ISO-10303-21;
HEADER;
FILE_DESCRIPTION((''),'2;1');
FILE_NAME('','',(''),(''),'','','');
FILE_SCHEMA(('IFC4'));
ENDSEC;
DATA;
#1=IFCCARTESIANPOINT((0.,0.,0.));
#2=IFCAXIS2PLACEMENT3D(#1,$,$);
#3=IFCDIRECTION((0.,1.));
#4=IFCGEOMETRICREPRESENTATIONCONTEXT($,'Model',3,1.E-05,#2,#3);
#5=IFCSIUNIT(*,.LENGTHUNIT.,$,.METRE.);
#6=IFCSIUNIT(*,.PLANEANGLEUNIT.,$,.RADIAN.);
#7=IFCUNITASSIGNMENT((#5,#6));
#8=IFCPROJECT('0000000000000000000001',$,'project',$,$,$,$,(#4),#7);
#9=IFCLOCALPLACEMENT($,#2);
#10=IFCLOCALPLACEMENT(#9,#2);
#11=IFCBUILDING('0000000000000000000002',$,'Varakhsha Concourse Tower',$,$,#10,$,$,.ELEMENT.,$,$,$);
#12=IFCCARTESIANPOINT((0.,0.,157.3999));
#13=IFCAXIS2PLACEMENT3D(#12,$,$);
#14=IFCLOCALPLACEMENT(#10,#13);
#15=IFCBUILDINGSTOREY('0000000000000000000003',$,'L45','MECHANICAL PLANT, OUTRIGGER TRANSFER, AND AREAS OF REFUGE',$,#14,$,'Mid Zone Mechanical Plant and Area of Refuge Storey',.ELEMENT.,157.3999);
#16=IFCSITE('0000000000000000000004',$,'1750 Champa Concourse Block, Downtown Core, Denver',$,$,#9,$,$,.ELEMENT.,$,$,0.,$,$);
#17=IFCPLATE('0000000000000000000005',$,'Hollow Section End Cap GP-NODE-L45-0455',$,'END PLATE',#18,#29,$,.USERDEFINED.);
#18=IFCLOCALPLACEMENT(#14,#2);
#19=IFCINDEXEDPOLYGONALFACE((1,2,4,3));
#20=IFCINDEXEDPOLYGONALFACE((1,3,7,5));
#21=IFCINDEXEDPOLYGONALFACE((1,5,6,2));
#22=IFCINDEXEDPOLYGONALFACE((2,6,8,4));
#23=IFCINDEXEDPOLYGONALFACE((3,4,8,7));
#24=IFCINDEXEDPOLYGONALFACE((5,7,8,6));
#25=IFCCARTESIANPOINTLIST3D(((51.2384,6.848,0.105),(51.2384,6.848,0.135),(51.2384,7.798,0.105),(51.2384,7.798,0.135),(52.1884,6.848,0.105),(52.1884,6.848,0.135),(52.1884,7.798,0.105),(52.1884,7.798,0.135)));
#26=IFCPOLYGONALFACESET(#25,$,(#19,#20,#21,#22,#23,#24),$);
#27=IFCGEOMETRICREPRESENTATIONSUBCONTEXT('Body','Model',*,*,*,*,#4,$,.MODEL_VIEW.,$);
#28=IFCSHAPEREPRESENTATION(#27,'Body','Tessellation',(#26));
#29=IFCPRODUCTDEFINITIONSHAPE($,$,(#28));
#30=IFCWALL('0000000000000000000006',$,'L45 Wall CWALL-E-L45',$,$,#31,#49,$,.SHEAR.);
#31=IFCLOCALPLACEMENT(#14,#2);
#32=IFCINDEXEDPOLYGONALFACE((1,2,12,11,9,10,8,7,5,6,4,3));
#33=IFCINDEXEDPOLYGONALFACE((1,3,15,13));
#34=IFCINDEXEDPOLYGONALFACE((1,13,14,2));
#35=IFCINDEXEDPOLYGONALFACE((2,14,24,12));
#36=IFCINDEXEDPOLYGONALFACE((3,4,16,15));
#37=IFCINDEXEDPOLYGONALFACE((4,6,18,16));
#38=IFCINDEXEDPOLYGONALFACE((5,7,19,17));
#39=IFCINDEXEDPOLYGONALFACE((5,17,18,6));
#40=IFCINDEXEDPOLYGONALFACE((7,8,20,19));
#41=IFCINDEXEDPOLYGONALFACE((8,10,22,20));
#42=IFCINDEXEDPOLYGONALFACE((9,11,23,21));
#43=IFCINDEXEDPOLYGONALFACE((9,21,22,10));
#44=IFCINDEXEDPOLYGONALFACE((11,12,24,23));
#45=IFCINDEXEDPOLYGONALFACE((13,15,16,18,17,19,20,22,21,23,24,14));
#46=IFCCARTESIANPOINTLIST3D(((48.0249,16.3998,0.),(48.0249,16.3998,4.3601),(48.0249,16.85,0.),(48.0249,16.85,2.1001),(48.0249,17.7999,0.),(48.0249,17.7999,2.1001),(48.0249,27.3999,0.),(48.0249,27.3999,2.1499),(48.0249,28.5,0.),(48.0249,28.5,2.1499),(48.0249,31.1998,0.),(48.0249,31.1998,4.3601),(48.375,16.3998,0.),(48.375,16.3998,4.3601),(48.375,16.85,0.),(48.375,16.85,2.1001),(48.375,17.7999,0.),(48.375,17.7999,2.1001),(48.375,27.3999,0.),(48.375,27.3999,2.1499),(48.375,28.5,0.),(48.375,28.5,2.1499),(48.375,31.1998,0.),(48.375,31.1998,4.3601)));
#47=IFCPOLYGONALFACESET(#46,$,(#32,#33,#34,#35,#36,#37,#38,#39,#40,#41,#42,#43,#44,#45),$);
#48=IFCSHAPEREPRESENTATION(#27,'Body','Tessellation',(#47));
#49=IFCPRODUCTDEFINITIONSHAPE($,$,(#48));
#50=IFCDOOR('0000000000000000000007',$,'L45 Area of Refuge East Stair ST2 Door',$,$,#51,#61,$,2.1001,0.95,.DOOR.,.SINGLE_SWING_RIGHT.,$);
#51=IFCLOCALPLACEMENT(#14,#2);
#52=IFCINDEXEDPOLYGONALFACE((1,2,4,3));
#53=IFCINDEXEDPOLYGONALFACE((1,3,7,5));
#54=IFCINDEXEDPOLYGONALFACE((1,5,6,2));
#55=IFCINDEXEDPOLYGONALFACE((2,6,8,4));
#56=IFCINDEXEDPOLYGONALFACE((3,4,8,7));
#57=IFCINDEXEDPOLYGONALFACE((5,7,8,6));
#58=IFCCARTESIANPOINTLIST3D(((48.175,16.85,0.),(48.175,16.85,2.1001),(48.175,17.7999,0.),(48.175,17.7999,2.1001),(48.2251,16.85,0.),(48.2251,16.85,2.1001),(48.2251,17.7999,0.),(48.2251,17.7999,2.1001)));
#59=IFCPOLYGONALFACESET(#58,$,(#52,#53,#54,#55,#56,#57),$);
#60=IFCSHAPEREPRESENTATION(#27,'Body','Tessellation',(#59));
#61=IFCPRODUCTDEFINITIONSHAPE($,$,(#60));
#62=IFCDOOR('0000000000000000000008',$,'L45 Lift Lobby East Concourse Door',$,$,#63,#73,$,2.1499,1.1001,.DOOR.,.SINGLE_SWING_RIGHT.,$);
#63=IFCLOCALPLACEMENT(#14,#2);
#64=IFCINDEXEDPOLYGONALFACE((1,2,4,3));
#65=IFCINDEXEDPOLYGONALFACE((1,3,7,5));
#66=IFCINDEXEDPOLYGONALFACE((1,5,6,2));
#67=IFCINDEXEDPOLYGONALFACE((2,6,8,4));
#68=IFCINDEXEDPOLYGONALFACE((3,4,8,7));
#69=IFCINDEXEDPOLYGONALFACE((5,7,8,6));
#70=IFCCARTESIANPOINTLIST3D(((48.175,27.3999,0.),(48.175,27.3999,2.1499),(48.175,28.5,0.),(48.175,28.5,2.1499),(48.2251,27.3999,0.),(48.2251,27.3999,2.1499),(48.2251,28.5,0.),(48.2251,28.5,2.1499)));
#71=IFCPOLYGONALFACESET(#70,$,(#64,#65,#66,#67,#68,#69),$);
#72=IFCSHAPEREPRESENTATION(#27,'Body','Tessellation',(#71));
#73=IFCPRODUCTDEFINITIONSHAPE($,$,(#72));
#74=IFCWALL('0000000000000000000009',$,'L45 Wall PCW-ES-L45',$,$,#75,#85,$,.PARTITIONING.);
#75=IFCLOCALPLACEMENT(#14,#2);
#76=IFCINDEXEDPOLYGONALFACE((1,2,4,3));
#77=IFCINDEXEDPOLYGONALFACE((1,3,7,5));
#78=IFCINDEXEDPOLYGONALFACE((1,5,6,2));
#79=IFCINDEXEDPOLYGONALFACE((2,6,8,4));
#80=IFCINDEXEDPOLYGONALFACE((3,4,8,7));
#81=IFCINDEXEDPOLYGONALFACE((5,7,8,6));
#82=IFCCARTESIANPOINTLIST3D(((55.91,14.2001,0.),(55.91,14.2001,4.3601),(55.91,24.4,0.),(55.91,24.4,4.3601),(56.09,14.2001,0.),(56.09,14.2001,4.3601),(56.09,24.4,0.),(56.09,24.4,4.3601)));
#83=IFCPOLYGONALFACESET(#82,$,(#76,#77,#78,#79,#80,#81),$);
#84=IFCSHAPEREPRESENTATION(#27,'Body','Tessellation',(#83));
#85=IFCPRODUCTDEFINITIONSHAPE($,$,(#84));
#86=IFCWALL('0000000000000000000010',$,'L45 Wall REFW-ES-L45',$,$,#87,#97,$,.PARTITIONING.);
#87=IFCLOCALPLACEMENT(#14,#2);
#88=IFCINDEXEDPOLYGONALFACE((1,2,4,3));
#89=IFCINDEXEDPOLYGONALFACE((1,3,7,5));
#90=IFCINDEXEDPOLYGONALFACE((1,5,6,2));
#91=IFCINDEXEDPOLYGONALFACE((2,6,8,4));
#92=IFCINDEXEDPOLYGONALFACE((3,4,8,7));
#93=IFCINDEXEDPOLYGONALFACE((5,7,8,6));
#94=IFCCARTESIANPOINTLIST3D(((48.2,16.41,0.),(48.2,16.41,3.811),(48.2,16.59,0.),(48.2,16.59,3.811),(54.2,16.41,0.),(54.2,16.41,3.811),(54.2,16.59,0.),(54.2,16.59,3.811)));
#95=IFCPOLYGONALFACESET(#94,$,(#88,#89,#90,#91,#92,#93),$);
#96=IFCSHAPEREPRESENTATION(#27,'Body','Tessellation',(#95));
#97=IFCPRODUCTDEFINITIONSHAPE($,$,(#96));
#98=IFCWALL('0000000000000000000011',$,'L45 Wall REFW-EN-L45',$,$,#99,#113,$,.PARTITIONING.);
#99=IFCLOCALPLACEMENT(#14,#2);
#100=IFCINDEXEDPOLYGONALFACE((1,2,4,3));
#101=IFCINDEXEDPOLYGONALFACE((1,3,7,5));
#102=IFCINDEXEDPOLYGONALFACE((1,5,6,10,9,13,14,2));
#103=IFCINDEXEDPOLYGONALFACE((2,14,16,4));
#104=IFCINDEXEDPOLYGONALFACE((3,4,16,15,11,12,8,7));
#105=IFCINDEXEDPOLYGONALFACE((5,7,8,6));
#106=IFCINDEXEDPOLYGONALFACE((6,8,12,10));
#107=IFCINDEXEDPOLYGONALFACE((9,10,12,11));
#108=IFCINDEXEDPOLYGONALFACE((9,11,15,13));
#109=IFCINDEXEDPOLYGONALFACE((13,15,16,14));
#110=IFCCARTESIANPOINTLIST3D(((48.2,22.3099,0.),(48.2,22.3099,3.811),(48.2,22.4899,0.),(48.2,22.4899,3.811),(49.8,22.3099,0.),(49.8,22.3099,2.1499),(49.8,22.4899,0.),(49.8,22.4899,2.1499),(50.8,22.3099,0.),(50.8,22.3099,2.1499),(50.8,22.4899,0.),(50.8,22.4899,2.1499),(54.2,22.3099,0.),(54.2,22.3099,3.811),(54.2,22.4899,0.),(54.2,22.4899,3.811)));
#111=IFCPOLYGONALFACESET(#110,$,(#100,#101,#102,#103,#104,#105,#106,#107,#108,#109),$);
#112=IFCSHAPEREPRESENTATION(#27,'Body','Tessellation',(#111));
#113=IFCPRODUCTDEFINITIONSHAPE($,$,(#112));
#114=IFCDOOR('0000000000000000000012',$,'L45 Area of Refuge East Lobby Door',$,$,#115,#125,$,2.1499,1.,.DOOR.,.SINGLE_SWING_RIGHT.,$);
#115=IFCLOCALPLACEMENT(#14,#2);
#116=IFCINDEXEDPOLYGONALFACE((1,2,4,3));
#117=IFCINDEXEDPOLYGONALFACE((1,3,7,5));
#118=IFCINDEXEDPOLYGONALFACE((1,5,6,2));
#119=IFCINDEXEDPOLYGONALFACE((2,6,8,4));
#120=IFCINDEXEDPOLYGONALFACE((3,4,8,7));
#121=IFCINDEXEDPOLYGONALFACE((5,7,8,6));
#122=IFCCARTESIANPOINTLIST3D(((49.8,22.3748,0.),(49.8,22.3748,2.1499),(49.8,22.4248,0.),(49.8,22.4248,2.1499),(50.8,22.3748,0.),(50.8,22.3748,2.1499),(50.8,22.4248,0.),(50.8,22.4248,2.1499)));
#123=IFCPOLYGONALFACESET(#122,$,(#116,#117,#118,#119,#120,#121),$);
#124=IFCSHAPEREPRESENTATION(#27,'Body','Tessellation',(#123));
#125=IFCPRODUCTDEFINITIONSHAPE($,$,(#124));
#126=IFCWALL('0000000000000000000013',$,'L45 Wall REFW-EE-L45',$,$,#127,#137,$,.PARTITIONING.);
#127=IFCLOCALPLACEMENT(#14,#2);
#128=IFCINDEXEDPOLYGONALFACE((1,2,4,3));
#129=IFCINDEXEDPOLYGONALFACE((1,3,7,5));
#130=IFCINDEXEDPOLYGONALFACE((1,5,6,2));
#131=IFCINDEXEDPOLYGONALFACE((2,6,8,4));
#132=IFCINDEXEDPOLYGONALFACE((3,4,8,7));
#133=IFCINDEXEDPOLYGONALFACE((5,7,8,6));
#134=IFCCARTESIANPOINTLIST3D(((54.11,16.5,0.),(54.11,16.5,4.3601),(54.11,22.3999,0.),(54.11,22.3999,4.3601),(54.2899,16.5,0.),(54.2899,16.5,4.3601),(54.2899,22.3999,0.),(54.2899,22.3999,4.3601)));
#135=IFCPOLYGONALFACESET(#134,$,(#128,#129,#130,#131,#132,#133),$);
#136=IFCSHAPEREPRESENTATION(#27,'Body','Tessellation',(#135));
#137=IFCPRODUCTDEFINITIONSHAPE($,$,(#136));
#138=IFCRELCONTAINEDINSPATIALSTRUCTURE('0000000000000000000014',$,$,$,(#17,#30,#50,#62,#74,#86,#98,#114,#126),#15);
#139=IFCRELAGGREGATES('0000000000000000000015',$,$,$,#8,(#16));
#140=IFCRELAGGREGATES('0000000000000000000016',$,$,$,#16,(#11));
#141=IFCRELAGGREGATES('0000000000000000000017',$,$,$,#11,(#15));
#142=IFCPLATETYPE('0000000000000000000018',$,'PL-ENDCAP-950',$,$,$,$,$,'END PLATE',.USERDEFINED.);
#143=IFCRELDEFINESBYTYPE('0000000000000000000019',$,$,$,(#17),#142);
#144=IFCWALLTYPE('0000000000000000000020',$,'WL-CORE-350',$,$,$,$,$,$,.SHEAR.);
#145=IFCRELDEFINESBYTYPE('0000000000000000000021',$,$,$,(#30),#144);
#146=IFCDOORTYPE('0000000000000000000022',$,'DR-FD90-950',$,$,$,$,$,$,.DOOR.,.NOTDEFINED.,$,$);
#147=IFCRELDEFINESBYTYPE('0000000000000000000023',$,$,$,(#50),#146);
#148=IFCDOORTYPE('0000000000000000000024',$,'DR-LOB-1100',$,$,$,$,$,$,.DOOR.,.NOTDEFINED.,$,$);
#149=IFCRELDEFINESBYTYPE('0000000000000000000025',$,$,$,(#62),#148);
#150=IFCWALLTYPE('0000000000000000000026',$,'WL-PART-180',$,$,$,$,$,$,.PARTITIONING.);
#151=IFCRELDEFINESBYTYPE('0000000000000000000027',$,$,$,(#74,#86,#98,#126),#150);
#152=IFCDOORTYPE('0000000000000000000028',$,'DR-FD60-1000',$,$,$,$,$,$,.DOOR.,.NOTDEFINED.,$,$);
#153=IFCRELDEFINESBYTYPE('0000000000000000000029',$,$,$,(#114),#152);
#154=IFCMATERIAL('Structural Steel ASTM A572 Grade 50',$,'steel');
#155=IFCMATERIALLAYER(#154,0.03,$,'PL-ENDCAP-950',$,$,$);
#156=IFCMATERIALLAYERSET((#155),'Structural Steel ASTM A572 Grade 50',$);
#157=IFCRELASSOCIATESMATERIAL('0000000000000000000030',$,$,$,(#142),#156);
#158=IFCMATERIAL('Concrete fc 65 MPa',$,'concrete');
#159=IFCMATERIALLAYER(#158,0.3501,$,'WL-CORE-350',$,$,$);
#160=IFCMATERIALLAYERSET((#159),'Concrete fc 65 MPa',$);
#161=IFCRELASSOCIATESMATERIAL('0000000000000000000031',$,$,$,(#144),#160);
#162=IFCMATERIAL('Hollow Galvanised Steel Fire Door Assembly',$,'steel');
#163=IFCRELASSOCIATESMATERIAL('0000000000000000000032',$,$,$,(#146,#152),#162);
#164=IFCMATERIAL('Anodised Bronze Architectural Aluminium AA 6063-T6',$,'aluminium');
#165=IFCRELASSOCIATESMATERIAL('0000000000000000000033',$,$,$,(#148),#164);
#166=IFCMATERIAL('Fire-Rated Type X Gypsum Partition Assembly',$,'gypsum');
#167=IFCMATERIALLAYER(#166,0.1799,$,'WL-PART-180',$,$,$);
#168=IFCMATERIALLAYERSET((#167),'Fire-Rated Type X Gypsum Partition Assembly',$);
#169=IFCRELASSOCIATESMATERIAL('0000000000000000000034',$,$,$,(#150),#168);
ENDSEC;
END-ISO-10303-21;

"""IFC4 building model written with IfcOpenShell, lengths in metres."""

from ifc_helpers import new_model, si_unit, direction, frame, frame_2d, origin, origin_2d, place, context, subcontext, project, spatial, rectangle, extrude, source, transform, mapped, material, layer, layer_set, type_object, type_shapes, element, fill, save


model = new_model("IFC4")

# Units and contexts
model_context = context("Model", 3, precision=1e-05, world=origin(), true_north=direction((0.0, 1.0)))
body_context = subcontext(model_context, "Body", "Model", "MODEL_VIEW")
ifc_project = project(units=[si_unit("LENGTHUNIT", "METRE"), si_unit("PLANEANGLEUNIT", "RADIAN")], contexts=[model_context])

# Site, building, storey
site_placement = place(None, origin())
site = spatial("IfcSite", under=ifc_project, at=site_placement, Name="1750 Champa Concourse Block, Downtown Core, Denver", CompositionType="ELEMENT", RefElevation=0.0)
building_placement = place(site_placement, origin())
building = spatial("IfcBuilding", under=site, at=building_placement, Name="Varakhsha Concourse Tower", CompositionType="ELEMENT")
storey_placement = place(building_placement, frame((0.0, 0.0, 157.3999)))
storey = spatial("IfcBuildingStorey", under=building, at=storey_placement, Name="L45", Description="MECHANICAL PLANT, OUTRIGGER TRANSFER, AND AREAS OF REFUGE", LongName="Mid Zone Mechanical Plant and Area of Refuge Storey", CompositionType="ELEMENT", Elevation=157.3999)

# Shared definitions
ifc_material_1 = material(Name="Concrete fc 65 MPa", Category="concrete")
ifc_material_2 = material(Name="Structural Steel ASTM A572 Grade 50", Category="steel")

# Shared definitions
ifc_material_3 = material(Name="Anodised Bronze Architectural Aluminium AA 6063-T6", Category="aluminium")

# Plate
ifc_layer_1 = layer(ifc_material_2, 0.03, Name="PL-ENDCAP-950")
ifc_layer_set_1 = layer_set([ifc_layer_1], Name="Structural Steel ASTM A572 Grade 50")
plate_type = type_object("IfcPlateType", Name="PL-ENDCAP-950", ElementType="END PLATE", PredefinedType="USERDEFINED", material=ifc_layer_set_1)
shared_shape_1 = source(origin(), body_context, "Body", "SweptSolid", [
    extrude(rectangle(XDim=0.95, YDim=0.95, at=origin_2d()), origin(), (0.0, 0.0, 1.0), 0.03),
])
type_shapes(plate_type, [shared_shape_1])
plate_placement = place(storey_placement, frame((51.7134, 7.323, 0.105), z_axis=(0.0, 0.0, 1.0), x_axis=(1.0, 0.0, 0.0)))
element("IfcPlate", 1, at=plate_placement, inside=storey, type_object=plate_type, Name="Hollow Section End Cap GP-NODE-L45-0455", ObjectType="END PLATE", PredefinedType="USERDEFINED", context=body_context, shape_type="MappedRepresentation", body=[
    mapped(shared_shape_1, transform((0.0, 0.0, 0.0), scale=1.0)),
])

# Wall, openings, doors
ifc_layer_2 = layer(ifc_material_1, 0.3501, Name="WL-CORE-350")
ifc_layer_set_2 = layer_set([ifc_layer_2], Name="Concrete fc 65 MPa")
wall_type_1 = type_object("IfcWallType", Name="WL-CORE-350", PredefinedType="SHEAR", material=ifc_layer_set_2)
wall_1_placement = place(storey_placement, frame((48.2, 16.3999, 0.0), z_axis=(0.0, 0.0, 1.0), x_axis=(0.0, 1.0, 0.0)))
wall_1 = element("IfcWall", 2, at=wall_1_placement, inside=storey, type_object=wall_type_1, Name="L45 Wall CWALL-E-L45", PredefinedType="SHEAR", context=body_context, shape_type="SweptSolid", body=[
    extrude(rectangle(XDim=14.8, YDim=0.3501, at=frame_2d((7.3999, 0.0))), origin(), (0.0, 0.0, 1.0), 4.3601),
])
opening_1_placement = place(wall_1_placement, frame((11.0, 0.0, 0.0)))
opening_1 = element("IfcOpeningElement", 3, at=opening_1_placement, cuts=wall_1, PredefinedType="OPENING", context=body_context, shape_type="SweptSolid", body=[
    extrude(rectangle(XDim=1.1001, YDim=2.1499, at=frame_2d((0.55, 1.075))), frame((0.0, 0.1851, 0.0), z_axis=(0.0, -1.0, 0.0), x_axis=(1.0, 0.0, 0.0)), (0.0, 0.0, 1.0), 0.3701),
])
opening_2_placement = place(wall_1_placement, frame((0.45, 0.0, 0.0)))
opening_2 = element("IfcOpeningElement", 4, at=opening_2_placement, cuts=wall_1, PredefinedType="OPENING", context=body_context, shape_type="SweptSolid", body=[
    extrude(rectangle(XDim=0.95, YDim=2.1001, at=frame_2d((0.4751, 1.05))), frame((0.0, 0.1851, 0.0), z_axis=(0.0, -1.0, 0.0), x_axis=(1.0, 0.0, 0.0)), (0.0, 0.0, 1.0), 0.3701),
])
ifc_material_4 = material(Name="Hollow Galvanised Steel Fire Door Assembly", Category="steel")
door_type_1 = type_object("IfcDoorType", Name="DR-FD90-950", OperationType="NOTDEFINED", PredefinedType="DOOR", material=ifc_material_4)
door_1_placement = place(opening_2_placement, origin())
door_1 = element("IfcDoor", 5, at=door_1_placement, inside=storey, type_object=door_type_1, Name="L45 Area of Refuge East Stair ST2 Door", OperationType="SINGLE_SWING_RIGHT", OverallHeight=2.1001, OverallWidth=0.95, PredefinedType="DOOR", context=body_context, shape_type="SweptSolid", body=[
    extrude(rectangle(XDim=0.95, YDim=2.1001, at=frame_2d((0.4751, 1.05))), frame((0.0, 0.0249, 0.0), z_axis=(0.0, -1.0, 0.0), x_axis=(1.0, 0.0, 0.0)), (0.0, 0.0, 1.0), 0.05),
])
fill(opening_2, door_1)
door_type_2 = type_object("IfcDoorType", Name="DR-LOB-1100", OperationType="NOTDEFINED", PredefinedType="DOOR", material=ifc_material_3)
door_2_placement = place(opening_1_placement, origin())
door_2 = element("IfcDoor", 6, at=door_2_placement, inside=storey, type_object=door_type_2, Name="L45 Lift Lobby East Concourse Door", OperationType="SINGLE_SWING_RIGHT", OverallHeight=2.1499, OverallWidth=1.1001, PredefinedType="DOOR", context=body_context, shape_type="SweptSolid", body=[
    extrude(rectangle(XDim=1.1001, YDim=2.1499, at=frame_2d((0.55, 1.075))), frame((0.0, 0.0249, 0.0), z_axis=(0.0, -1.0, 0.0), x_axis=(1.0, 0.0, 0.0)), (0.0, 0.0, 1.0), 0.05),
])
fill(opening_1, door_2)

# Walls
ifc_material_5 = material(Name="Fire-Rated Type X Gypsum Partition Assembly", Category="gypsum")
ifc_layer_3 = layer(ifc_material_5, 0.1799, Name="WL-PART-180")
ifc_layer_set_3 = layer_set([ifc_layer_3], Name="Fire-Rated Type X Gypsum Partition Assembly")
wall_type_2 = type_object("IfcWallType", Name="WL-PART-180", PredefinedType="PARTITIONING", material=ifc_layer_set_3)
wall_2_placement = place(storey_placement, frame((56.0, 14.2, 0.0), z_axis=(0.0, 0.0, 1.0), x_axis=(0.0, 1.0, 0.0)))
element("IfcWall", 7, at=wall_2_placement, inside=storey, type_object=wall_type_2, Name="L45 Wall PCW-ES-L45", PredefinedType="PARTITIONING", context=body_context, shape_type="SweptSolid", body=[
    extrude(rectangle(XDim=10.2, YDim=0.1799, at=frame_2d((5.1001, 0.0))), origin(), (0.0, 0.0, 1.0), 4.3601),
])
wall_3_placement = place(storey_placement, frame((48.2, 16.5, 0.0), z_axis=(0.0, 0.0, 1.0), x_axis=(1.0, 0.0, 0.0)))
element("IfcWall", 8, at=wall_3_placement, inside=storey, type_object=wall_type_2, Name="L45 Wall REFW-ES-L45", PredefinedType="PARTITIONING", context=body_context, shape_type="SweptSolid", body=[
    extrude(rectangle(XDim=6.0, YDim=0.1799, at=frame_2d((3.0, 0.0))), origin(), (0.0, 0.0, 1.0), 3.811),
])

# Wall, opening, door
wall_4_placement = place(storey_placement, frame((48.2, 22.3999, 0.0), z_axis=(0.0, 0.0, 1.0), x_axis=(1.0, 0.0, 0.0)))
wall_4 = element("IfcWall", 9, at=wall_4_placement, inside=storey, type_object=wall_type_2, Name="L45 Wall REFW-EN-L45", PredefinedType="PARTITIONING", context=body_context, shape_type="SweptSolid", body=[
    extrude(rectangle(XDim=6.0, YDim=0.1799, at=frame_2d((3.0, 0.0))), origin(), (0.0, 0.0, 1.0), 3.811),
])
opening_3_placement = place(wall_4_placement, frame((1.6001, 0.0, 0.0)))
opening_3 = element("IfcOpeningElement", 10, at=opening_3_placement, cuts=wall_4, PredefinedType="OPENING", context=body_context, shape_type="SweptSolid", body=[
    extrude(rectangle(XDim=1.0, YDim=2.1499, at=frame_2d((0.5, 1.075))), frame((0.0, 0.0999, 0.0), z_axis=(0.0, -1.0, 0.0), x_axis=(1.0, 0.0, 0.0)), (0.0, 0.0, 1.0), 0.2),
])
door_type_3 = type_object("IfcDoorType", Name="DR-FD60-1000", OperationType="NOTDEFINED", PredefinedType="DOOR", material=ifc_material_4)
door_3_placement = place(opening_3_placement, origin())
door_3 = element("IfcDoor", 11, at=door_3_placement, inside=storey, type_object=door_type_3, Name="L45 Area of Refuge East Lobby Door", OperationType="SINGLE_SWING_RIGHT", OverallHeight=2.1499, OverallWidth=1.0, PredefinedType="DOOR", context=body_context, shape_type="SweptSolid", body=[
    extrude(rectangle(XDim=1.0, YDim=2.1499, at=frame_2d((0.5, 1.075))), frame((0.0, 0.0249, 0.0), z_axis=(0.0, -1.0, 0.0), x_axis=(1.0, 0.0, 0.0)), (0.0, 0.0, 1.0), 0.05),
])
fill(opening_3, door_3)

# Wall
wall_5_placement = place(storey_placement, frame((54.2, 16.5, 0.0), z_axis=(0.0, 0.0, 1.0), x_axis=(0.0, 1.0, 0.0)))
element("IfcWall", 12, at=wall_5_placement, inside=storey, type_object=wall_type_2, Name="L45 Wall REFW-EE-L45", PredefinedType="PARTITIONING", context=body_context, shape_type="SweptSolid", body=[
    extrude(rectangle(XDim=5.8999, YDim=0.1799, at=frame_2d((2.95, 0.0))), origin(), (0.0, 0.0, 1.0), 4.3601),
])

save(model, "model.ifc")
